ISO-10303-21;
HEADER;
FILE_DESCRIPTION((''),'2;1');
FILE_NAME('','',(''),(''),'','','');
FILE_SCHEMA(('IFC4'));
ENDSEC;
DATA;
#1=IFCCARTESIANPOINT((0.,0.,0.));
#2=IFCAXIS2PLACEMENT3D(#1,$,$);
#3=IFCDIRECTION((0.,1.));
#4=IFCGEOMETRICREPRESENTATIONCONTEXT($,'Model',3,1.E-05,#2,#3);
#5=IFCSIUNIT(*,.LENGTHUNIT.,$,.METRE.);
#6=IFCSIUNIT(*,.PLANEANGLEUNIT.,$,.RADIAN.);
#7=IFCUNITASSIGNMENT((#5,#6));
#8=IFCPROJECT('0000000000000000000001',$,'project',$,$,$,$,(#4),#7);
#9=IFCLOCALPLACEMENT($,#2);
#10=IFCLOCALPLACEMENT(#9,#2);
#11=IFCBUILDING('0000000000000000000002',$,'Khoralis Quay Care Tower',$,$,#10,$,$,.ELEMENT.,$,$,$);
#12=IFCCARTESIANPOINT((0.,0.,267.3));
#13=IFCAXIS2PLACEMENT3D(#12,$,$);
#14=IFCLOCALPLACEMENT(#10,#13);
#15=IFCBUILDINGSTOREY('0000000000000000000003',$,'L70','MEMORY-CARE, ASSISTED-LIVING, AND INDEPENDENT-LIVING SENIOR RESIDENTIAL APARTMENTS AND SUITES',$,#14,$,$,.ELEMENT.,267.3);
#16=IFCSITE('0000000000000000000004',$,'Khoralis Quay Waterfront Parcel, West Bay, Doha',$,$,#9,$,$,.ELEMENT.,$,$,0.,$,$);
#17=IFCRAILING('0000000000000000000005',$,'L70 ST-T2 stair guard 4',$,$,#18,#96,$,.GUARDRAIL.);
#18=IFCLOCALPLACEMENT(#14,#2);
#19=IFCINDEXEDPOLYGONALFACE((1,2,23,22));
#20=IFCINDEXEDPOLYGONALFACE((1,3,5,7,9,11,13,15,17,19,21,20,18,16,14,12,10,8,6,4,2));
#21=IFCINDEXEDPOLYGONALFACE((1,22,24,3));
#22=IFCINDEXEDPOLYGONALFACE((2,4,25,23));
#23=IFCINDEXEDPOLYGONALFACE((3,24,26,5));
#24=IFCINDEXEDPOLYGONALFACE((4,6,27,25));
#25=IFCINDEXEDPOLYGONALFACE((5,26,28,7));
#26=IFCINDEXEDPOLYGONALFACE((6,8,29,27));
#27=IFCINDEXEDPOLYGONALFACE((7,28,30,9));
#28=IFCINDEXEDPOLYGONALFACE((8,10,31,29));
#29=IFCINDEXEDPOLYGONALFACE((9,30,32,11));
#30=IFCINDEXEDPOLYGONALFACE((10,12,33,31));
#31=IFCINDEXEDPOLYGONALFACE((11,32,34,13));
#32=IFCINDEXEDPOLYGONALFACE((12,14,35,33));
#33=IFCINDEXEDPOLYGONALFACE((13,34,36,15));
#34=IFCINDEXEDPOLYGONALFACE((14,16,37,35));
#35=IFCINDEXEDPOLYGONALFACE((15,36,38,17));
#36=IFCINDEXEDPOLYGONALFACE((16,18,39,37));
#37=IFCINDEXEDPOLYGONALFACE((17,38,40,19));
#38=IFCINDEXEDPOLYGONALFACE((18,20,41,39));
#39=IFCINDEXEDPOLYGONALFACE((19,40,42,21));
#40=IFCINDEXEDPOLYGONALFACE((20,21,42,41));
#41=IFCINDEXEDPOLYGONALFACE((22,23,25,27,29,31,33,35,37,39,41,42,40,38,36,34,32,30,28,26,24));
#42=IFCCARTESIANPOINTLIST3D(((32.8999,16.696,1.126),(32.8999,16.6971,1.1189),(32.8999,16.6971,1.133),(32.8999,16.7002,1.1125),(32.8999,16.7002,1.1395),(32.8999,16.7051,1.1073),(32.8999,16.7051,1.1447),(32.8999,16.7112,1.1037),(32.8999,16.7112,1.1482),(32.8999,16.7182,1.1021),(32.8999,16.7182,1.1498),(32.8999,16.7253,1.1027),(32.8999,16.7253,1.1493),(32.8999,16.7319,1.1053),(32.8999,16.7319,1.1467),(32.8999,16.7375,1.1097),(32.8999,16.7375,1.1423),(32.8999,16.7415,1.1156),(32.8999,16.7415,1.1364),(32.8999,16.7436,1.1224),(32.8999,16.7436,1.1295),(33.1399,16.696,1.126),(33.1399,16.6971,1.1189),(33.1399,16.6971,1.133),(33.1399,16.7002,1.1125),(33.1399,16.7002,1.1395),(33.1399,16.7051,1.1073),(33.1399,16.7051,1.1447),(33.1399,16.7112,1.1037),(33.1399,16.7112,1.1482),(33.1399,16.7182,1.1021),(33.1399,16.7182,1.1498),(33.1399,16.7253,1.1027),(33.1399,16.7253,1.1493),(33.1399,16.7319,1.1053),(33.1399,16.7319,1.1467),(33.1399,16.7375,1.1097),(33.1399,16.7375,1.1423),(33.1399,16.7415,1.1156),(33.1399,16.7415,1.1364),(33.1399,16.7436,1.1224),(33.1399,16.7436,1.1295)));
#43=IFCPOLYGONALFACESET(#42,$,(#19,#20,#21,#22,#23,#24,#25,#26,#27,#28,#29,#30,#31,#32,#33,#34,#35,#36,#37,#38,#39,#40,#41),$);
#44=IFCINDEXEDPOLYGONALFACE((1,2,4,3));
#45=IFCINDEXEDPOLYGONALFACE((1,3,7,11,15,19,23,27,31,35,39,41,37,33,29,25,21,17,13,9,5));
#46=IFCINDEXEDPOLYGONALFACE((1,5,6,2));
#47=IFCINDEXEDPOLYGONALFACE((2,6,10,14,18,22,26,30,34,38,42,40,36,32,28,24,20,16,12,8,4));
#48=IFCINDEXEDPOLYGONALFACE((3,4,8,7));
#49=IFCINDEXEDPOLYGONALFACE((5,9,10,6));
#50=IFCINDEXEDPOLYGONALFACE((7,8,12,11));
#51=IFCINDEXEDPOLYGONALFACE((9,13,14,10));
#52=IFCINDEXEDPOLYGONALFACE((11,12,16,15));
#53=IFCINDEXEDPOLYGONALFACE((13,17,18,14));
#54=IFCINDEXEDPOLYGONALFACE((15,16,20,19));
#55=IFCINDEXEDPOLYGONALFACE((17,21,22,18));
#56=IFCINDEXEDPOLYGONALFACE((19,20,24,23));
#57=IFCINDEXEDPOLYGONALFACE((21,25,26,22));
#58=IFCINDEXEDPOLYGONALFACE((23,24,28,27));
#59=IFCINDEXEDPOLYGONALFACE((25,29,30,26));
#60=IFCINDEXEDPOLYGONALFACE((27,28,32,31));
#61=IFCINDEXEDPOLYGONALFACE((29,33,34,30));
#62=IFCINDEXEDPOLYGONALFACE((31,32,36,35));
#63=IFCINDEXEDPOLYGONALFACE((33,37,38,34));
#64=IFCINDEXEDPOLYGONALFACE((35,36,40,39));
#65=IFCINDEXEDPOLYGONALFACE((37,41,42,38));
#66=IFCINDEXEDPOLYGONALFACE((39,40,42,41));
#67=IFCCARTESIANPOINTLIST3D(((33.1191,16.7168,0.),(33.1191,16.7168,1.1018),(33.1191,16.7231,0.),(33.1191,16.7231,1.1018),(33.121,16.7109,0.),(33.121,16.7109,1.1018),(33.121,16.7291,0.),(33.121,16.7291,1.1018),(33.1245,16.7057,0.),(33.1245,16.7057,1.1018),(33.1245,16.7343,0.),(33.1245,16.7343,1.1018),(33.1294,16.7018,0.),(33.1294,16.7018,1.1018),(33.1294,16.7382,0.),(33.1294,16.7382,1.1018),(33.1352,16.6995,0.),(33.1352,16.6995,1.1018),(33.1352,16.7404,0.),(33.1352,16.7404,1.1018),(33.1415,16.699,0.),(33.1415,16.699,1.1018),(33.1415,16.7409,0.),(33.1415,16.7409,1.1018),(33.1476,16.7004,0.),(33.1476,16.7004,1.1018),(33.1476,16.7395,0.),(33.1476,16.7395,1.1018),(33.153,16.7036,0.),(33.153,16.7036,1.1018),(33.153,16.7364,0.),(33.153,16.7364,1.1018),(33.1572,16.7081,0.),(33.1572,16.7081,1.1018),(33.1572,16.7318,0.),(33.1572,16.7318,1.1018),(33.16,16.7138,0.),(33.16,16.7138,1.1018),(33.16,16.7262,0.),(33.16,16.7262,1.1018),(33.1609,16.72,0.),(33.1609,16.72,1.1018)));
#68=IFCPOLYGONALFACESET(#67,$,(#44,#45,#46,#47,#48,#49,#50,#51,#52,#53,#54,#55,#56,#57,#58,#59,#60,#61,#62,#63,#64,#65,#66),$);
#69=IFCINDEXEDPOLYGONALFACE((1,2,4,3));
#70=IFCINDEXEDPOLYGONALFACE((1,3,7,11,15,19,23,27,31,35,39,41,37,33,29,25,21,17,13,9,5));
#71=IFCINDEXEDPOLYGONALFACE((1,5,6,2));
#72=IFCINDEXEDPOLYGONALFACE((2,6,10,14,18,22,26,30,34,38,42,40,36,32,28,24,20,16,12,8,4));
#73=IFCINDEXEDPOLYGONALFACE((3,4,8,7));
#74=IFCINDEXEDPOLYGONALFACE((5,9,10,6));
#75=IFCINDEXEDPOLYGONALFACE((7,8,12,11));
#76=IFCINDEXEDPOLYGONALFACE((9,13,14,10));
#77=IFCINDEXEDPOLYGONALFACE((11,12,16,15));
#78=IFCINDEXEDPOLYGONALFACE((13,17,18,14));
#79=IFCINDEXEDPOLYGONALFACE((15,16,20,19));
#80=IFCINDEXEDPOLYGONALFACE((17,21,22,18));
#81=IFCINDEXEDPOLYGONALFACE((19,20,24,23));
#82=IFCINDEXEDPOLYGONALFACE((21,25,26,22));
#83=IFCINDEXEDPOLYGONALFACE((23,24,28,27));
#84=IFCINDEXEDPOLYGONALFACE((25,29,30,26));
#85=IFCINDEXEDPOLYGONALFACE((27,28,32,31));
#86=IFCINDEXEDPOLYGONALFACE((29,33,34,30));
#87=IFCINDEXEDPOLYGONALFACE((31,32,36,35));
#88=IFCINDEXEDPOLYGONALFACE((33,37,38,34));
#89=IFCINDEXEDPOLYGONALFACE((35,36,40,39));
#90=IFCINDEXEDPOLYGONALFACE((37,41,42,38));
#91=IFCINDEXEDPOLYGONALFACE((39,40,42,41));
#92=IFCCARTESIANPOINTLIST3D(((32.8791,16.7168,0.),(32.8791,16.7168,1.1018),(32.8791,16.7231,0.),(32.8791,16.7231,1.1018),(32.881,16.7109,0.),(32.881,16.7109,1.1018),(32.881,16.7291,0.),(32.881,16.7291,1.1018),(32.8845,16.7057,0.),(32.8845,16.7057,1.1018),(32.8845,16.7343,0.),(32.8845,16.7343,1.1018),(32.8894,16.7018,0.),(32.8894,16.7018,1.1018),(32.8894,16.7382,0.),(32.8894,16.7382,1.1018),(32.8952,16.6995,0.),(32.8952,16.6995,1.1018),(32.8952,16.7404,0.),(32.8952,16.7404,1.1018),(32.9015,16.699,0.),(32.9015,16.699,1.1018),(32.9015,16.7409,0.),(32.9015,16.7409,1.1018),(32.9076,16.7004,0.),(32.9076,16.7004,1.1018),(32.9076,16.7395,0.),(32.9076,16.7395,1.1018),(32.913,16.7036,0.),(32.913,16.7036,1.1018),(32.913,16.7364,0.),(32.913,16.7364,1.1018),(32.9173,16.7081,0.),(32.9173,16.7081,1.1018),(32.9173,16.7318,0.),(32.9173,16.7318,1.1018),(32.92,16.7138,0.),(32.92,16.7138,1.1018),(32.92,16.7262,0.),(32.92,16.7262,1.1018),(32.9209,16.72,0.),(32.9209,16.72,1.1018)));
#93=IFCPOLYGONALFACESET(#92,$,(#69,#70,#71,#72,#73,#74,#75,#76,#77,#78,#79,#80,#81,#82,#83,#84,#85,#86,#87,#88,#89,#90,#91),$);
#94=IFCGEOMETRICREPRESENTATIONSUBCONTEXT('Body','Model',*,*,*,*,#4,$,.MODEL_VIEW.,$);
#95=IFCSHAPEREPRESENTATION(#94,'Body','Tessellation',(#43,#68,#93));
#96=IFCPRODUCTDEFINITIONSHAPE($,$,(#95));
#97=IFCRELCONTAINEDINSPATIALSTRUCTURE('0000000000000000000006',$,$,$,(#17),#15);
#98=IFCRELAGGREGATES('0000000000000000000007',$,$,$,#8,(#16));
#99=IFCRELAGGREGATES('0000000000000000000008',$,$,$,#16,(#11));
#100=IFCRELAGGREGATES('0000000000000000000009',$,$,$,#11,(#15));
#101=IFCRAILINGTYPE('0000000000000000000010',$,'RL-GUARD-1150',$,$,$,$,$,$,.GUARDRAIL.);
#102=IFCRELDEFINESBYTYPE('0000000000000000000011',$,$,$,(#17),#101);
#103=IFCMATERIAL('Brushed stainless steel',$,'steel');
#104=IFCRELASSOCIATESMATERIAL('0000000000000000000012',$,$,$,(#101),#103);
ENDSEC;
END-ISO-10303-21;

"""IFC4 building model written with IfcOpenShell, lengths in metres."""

from ifc_helpers import new_model, si_unit, direction, frame, origin, origin_2d, place, context, subcontext, project, spatial, circle, extrude, material, type_object, element, save


model = new_model("IFC4")

# Units and contexts
model_context = context("Model", 3, precision=1e-05, world=origin(), true_north=direction((0.0, 1.0)))
body_context = subcontext(model_context, "Body", "Model", "MODEL_VIEW")
ifc_project = project(units=[si_unit("LENGTHUNIT", "METRE"), si_unit("PLANEANGLEUNIT", "RADIAN")], contexts=[model_context])

# Site, building, storey
site_placement = place(None, origin())
site = spatial("IfcSite", under=ifc_project, at=site_placement, Name="Khoralis Quay Waterfront Parcel, West Bay, Doha", CompositionType="ELEMENT", RefElevation=0.0)
building_placement = place(site_placement, origin())
building = spatial("IfcBuilding", under=site, at=building_placement, Name="Khoralis Quay Care Tower", CompositionType="ELEMENT")
storey_placement = place(building_placement, frame((0.0, 0.0, 267.3)))
storey = spatial("IfcBuildingStorey", under=building, at=storey_placement, Name="L70", Description="MEMORY-CARE, ASSISTED-LIVING, AND INDEPENDENT-LIVING SENIOR RESIDENTIAL APARTMENTS AND SUITES", CompositionType="ELEMENT", Elevation=267.3)

# Railing
ifc_material_1 = material(Name="Brushed stainless steel", Category="steel")
railing_type = type_object("IfcRailingType", Name="RL-GUARD-1150", PredefinedType="GUARDRAIL", material=ifc_material_1)
railing_1_placement = place(storey_placement, frame((33.1399, 16.72, 0.0)))
element("IfcRailing", 1, at=railing_1_placement, inside=storey, type_object=railing_type, Name="L70 ST-T2 stair guard 4", PredefinedType="GUARDRAIL", context=body_context, shape_type="SweptSolid", body=[
    extrude(circle(Radius=0.0239, at=origin_2d()), frame((0.0, 0.0, 1.126), z_axis=(-1.0, 0.0, 0.0), x_axis=(0.0, -1.0, 0.0)), (0.0, 0.0, 1.0), 0.24),
    extrude(circle(Radius=0.021, at=origin_2d()), origin(), (0.0, 0.0, 1.0), 1.1018),
    extrude(circle(Radius=0.021, at=origin_2d()), frame((-0.24, 0.0, 0.0)), (0.0, 0.0, 1.0), 1.1018),
])

save(model, "model.ifc")
